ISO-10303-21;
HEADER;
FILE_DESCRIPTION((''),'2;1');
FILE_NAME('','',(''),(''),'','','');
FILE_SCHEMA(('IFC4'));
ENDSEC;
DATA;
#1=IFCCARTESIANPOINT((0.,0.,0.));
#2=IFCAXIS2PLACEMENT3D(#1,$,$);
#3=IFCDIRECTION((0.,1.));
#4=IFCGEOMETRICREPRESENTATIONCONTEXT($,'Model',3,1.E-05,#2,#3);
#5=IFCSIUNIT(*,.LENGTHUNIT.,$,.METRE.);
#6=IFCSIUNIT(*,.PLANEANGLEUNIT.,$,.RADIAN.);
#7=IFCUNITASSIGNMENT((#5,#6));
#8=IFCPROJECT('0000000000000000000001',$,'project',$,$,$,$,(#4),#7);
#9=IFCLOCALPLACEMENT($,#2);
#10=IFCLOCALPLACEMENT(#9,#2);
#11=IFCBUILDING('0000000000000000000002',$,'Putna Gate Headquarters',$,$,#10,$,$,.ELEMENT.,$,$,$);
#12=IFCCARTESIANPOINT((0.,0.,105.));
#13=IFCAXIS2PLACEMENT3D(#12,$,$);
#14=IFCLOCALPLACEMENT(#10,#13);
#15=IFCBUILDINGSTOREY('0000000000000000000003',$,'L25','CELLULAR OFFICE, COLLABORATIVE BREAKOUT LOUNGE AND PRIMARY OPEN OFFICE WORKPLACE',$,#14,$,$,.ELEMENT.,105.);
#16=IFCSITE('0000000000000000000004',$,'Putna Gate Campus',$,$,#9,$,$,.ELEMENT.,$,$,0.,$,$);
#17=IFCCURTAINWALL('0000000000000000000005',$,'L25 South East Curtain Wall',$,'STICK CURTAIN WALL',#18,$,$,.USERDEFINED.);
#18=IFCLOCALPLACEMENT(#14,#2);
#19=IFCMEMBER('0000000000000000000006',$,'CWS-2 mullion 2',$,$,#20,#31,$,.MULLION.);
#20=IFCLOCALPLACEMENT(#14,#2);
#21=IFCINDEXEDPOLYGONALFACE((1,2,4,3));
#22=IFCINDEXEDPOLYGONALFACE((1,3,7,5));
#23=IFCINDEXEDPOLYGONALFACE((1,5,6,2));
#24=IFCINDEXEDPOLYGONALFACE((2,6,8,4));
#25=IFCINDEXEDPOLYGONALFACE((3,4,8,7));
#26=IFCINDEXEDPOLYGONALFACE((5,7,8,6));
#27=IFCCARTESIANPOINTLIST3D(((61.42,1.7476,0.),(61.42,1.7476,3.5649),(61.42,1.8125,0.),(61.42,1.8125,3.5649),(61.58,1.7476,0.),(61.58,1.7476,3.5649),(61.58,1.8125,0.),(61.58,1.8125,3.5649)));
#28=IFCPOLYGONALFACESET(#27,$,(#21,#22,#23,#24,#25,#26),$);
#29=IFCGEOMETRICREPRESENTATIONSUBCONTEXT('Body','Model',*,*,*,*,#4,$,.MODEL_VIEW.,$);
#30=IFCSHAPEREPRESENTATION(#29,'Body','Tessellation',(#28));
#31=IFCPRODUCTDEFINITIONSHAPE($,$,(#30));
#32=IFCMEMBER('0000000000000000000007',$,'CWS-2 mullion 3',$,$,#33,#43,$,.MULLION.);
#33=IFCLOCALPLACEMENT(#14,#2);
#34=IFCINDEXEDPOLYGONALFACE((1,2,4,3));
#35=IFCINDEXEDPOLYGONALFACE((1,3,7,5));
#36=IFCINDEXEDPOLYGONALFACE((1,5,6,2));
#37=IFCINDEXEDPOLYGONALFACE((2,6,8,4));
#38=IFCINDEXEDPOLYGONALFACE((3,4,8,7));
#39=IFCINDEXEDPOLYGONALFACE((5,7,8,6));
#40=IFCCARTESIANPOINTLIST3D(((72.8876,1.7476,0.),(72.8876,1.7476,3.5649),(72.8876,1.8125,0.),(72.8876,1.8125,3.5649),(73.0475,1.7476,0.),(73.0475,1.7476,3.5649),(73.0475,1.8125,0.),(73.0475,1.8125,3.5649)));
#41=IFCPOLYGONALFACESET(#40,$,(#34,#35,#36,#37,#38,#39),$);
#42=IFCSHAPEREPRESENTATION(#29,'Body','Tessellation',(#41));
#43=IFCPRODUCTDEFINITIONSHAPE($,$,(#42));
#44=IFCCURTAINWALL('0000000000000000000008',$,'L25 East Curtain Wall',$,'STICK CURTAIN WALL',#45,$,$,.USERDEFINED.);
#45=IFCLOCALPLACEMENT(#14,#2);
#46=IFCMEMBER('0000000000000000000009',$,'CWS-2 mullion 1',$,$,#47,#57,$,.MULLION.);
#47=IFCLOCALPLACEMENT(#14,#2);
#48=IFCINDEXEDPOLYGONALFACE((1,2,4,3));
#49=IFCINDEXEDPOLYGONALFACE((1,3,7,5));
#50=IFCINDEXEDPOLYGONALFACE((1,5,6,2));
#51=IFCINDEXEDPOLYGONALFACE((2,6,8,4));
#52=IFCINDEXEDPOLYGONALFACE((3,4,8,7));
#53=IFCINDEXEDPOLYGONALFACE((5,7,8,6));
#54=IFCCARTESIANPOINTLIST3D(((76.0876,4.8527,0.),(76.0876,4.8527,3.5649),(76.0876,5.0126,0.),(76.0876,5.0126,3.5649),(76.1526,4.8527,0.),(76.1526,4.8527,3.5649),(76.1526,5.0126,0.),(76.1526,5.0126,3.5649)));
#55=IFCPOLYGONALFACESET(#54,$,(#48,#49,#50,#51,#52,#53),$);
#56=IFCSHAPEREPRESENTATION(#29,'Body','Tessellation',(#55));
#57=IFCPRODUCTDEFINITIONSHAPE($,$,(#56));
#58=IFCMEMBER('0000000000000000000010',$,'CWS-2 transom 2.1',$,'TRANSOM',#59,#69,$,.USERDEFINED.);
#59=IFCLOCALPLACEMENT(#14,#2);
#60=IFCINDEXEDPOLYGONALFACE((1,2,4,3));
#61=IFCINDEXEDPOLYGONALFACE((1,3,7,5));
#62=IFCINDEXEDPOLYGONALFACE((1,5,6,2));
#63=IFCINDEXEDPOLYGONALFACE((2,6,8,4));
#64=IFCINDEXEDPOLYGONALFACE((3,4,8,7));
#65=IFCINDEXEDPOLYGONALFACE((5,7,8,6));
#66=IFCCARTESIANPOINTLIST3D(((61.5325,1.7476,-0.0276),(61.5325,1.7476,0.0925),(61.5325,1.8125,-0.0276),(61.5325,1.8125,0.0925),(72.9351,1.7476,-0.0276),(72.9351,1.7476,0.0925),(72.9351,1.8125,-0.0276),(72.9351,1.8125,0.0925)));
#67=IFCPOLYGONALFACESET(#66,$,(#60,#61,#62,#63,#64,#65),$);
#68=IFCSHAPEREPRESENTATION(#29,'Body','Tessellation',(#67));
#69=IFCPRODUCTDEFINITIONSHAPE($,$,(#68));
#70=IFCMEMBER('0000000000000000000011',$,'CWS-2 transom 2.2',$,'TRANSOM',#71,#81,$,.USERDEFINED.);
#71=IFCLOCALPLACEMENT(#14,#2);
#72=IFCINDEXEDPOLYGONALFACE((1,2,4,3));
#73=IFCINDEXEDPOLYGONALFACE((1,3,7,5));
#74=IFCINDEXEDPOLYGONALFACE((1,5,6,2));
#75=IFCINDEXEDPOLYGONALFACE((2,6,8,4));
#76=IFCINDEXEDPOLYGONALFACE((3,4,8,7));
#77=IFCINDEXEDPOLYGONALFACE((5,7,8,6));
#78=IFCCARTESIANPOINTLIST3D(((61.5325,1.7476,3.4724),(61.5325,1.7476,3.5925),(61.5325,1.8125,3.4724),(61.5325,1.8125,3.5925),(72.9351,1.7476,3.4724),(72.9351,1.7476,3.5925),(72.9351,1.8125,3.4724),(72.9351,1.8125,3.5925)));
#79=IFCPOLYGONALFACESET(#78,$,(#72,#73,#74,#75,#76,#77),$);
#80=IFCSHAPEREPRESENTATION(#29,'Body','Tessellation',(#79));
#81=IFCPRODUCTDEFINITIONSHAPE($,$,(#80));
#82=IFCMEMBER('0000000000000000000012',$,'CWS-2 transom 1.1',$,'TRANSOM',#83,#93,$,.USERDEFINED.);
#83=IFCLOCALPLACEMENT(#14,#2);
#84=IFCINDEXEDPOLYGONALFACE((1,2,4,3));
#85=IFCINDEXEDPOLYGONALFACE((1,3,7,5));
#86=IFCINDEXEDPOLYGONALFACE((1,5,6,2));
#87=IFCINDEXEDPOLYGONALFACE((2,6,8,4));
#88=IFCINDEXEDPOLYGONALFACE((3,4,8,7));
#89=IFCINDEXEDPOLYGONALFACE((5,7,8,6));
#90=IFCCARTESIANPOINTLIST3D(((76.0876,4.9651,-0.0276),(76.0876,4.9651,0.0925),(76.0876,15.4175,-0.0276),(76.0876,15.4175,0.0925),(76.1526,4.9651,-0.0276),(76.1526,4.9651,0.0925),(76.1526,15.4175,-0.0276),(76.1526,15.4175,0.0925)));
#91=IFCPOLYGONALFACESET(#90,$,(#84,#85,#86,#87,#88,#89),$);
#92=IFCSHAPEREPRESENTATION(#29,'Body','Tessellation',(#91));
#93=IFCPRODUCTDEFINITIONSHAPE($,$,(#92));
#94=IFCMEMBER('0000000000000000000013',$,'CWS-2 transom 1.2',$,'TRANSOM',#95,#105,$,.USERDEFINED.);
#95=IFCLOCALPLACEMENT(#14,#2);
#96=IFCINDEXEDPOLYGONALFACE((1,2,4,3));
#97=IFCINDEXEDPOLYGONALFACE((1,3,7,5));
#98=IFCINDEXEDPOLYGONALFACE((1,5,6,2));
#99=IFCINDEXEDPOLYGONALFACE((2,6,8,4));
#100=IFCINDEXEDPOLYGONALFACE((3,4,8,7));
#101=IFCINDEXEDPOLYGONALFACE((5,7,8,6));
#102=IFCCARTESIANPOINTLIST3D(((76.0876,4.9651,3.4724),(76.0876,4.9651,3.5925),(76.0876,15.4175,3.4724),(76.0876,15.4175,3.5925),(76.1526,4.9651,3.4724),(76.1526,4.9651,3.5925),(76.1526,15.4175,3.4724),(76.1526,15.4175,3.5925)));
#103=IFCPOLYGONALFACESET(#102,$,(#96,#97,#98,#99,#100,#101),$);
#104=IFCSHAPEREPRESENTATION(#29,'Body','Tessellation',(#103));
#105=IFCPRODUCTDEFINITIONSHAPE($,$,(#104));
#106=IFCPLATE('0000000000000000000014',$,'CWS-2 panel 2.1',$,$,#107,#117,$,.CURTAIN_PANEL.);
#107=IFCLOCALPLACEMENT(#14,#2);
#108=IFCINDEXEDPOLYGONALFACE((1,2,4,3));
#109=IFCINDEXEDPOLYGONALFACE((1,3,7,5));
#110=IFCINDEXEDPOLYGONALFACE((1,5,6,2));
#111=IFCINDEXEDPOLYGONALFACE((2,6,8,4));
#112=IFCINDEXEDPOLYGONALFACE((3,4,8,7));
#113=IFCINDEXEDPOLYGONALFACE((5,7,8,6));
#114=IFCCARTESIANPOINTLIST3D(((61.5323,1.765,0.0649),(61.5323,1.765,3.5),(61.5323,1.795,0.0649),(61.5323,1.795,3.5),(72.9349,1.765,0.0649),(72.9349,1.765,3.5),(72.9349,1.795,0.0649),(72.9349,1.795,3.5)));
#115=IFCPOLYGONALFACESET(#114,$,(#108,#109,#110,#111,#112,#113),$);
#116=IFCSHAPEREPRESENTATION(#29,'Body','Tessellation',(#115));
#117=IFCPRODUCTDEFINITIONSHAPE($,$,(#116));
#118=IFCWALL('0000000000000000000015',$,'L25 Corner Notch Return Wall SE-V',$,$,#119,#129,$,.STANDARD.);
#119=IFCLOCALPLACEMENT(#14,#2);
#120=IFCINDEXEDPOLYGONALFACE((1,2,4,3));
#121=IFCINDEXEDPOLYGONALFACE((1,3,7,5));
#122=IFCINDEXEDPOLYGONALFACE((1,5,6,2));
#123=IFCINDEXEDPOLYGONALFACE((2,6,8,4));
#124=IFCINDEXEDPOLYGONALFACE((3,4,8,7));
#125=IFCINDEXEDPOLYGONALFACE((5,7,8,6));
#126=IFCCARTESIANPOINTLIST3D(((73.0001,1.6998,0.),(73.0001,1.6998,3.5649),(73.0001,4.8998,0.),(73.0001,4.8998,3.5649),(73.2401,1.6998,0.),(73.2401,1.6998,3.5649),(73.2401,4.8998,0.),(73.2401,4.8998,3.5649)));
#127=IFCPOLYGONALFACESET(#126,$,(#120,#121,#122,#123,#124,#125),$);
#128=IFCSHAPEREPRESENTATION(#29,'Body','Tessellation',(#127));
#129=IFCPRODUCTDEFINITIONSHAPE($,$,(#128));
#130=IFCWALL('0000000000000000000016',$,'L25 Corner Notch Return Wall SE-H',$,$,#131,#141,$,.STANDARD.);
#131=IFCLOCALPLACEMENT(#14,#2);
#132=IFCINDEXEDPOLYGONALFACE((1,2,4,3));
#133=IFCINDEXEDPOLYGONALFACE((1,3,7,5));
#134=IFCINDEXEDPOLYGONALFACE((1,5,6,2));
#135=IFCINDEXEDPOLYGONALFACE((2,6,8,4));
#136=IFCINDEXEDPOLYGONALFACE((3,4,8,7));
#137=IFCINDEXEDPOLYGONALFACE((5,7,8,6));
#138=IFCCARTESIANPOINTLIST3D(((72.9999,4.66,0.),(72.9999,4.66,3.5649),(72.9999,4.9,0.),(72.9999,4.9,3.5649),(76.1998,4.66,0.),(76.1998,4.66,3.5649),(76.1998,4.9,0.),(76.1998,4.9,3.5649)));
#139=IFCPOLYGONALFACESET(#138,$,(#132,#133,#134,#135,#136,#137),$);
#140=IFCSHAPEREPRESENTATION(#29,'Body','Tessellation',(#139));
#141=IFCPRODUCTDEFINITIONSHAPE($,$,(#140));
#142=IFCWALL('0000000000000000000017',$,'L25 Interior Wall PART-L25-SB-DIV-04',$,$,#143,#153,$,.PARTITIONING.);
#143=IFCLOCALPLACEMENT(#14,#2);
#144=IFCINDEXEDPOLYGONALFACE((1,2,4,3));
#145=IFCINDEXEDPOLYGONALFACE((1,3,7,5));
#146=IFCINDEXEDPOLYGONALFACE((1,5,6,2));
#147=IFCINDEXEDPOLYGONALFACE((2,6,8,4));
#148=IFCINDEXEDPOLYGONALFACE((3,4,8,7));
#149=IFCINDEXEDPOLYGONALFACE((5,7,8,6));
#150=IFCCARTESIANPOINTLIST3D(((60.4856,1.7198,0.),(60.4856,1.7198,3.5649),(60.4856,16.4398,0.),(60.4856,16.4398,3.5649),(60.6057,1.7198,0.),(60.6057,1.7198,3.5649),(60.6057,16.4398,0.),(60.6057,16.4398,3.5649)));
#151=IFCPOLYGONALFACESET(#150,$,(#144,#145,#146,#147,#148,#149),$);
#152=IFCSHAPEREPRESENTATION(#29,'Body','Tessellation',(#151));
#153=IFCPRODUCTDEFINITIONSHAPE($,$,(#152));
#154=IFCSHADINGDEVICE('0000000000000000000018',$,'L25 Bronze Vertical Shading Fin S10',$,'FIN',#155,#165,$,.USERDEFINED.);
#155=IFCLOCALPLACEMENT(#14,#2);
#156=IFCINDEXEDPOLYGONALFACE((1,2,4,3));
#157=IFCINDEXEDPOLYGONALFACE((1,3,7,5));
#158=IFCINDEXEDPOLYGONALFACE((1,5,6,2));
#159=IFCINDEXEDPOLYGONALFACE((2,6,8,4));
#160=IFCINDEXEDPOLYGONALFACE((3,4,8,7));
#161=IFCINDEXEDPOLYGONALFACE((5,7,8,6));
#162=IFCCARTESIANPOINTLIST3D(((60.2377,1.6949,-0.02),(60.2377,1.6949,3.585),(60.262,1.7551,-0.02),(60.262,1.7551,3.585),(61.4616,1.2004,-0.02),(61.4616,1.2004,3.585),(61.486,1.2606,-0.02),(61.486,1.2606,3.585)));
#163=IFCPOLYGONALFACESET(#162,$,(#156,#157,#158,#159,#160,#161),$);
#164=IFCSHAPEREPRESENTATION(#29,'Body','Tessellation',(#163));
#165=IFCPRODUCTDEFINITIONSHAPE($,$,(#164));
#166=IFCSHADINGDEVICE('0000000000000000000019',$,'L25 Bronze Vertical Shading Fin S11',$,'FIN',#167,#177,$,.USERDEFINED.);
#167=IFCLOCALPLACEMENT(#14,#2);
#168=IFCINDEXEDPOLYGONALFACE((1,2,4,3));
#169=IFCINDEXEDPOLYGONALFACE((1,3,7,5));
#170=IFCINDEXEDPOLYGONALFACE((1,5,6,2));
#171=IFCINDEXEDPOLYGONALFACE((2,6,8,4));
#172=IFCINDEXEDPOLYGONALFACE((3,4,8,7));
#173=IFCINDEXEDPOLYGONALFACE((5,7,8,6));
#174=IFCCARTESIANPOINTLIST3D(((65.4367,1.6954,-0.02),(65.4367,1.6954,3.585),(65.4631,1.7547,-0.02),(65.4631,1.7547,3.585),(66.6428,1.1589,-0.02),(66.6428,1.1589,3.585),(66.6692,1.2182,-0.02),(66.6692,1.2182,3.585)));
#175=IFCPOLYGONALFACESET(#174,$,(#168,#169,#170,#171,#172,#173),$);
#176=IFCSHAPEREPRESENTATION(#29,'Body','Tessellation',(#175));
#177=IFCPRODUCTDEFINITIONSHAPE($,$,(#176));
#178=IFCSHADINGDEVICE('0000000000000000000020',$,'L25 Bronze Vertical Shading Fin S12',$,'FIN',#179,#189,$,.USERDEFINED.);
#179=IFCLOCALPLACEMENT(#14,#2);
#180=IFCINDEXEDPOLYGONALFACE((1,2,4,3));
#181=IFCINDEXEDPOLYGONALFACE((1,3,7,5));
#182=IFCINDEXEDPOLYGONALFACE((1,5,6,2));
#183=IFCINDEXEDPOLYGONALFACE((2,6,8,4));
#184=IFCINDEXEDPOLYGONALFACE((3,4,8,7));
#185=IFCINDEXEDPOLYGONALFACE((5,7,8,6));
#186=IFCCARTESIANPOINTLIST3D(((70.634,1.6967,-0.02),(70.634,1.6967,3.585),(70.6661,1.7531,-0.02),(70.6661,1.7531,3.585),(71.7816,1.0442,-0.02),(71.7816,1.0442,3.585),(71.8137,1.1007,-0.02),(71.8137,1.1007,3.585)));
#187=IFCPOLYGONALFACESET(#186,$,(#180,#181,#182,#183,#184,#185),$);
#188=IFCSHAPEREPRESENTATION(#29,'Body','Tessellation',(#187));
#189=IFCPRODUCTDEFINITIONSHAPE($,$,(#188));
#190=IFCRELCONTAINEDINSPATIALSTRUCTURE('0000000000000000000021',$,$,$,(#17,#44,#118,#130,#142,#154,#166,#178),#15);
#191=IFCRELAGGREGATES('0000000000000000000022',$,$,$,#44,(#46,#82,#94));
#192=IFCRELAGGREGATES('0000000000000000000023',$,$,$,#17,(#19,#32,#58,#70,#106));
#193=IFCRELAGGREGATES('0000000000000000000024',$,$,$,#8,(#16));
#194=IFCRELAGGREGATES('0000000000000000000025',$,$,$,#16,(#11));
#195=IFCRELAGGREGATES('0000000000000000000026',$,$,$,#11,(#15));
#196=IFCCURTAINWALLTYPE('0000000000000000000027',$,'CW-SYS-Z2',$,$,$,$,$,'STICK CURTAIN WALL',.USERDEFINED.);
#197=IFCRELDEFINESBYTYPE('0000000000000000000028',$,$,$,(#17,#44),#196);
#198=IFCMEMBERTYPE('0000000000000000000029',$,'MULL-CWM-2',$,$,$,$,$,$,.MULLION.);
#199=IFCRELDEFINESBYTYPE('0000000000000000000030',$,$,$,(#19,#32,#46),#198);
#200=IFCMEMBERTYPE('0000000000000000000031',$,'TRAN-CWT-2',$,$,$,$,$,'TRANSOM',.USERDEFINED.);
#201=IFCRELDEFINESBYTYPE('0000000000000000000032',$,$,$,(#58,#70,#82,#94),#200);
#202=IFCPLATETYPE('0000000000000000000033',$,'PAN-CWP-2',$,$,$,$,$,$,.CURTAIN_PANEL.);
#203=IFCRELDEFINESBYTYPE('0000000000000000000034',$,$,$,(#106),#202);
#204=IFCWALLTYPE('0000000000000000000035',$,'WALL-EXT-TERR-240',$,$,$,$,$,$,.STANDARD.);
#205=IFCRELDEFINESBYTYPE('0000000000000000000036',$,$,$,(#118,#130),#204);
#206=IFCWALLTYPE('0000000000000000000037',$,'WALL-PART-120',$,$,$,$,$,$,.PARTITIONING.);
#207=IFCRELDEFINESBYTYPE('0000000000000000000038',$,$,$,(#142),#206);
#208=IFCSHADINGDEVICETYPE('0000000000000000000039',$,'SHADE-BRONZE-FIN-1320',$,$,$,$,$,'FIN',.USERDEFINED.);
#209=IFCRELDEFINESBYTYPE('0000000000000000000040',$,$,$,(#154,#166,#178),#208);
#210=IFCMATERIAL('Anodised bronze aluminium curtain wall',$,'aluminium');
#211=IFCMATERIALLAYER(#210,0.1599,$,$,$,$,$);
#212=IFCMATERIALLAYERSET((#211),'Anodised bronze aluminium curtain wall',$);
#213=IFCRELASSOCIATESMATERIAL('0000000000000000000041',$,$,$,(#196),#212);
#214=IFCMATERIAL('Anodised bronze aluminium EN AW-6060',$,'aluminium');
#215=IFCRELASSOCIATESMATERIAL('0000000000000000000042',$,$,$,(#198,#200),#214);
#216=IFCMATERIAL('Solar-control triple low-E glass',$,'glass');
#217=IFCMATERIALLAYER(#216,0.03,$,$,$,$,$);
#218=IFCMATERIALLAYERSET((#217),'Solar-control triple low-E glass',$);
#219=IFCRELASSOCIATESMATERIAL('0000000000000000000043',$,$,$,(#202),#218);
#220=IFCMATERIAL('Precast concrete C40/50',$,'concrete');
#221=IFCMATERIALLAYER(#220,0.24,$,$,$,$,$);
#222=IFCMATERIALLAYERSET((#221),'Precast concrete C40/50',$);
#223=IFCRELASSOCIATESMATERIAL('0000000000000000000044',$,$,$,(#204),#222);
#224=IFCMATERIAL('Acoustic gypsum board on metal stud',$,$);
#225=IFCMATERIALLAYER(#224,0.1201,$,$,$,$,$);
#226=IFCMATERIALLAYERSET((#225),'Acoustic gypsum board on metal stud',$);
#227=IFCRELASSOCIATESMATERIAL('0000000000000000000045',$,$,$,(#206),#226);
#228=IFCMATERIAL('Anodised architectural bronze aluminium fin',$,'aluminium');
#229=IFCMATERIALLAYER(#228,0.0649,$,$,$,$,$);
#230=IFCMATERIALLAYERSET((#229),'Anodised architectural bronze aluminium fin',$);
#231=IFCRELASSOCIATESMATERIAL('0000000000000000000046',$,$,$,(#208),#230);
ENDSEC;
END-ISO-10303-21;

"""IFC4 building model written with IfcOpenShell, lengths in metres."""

from ifc_helpers import new_model, si_unit, direction, frame, frame_2d, origin, origin_2d, place, context, subcontext, project, spatial, rectangle, extrude, material, layer, layer_set, material_profile, profile_set, type_object, element, aggregate, save


model = new_model("IFC4")

# Units and contexts
model_context = context("Model", 3, precision=1e-05, world=origin(), true_north=direction((0.0, 1.0)))
body_context = subcontext(model_context, "Body", "Model", "MODEL_VIEW")
ifc_project = project(units=[si_unit("LENGTHUNIT", "METRE"), si_unit("PLANEANGLEUNIT", "RADIAN")], contexts=[model_context])

# Site, building, storey
site_placement = place(None, origin())
site = spatial("IfcSite", under=ifc_project, at=site_placement, Name="Putna Gate Campus", CompositionType="ELEMENT", RefElevation=0.0)
building_placement = place(site_placement, origin())
building = spatial("IfcBuilding", under=site, at=building_placement, Name="Putna Gate Headquarters", CompositionType="ELEMENT")
storey_placement = place(building_placement, frame((0.0, 0.0, 105.0)))
storey = spatial("IfcBuildingStorey", under=building, at=storey_placement, Name="L25", Description="CELLULAR OFFICE, COLLABORATIVE BREAKOUT LOUNGE AND PRIMARY OPEN OFFICE WORKPLACE", CompositionType="ELEMENT", Elevation=105.0)

# Curtain wall, members
ifc_material_1 = material(Name="Anodised bronze aluminium curtain wall", Category="aluminium")
ifc_layer_1 = layer(ifc_material_1, 0.1599)
ifc_layer_set_1 = layer_set([ifc_layer_1], Name="Anodised bronze aluminium curtain wall")
curtain_wall_type = type_object("IfcCurtainWallType", Name="CW-SYS-Z2", ElementType="STICK CURTAIN WALL", PredefinedType="USERDEFINED", material=ifc_layer_set_1)
curtain_wall_1_placement = place(storey_placement, origin())
curtain_wall_1 = element("IfcCurtainWall", 1, at=curtain_wall_1_placement, inside=storey, type_object=curtain_wall_type, Name="L25 South East Curtain Wall", ObjectType="STICK CURTAIN WALL", PredefinedType="USERDEFINED")
ifc_material_2 = material(Name="Anodised bronze aluminium EN AW-6060", Category="aluminium")
ifc_material_profile_1 = material_profile(ifc_material_2, rectangle(XDim=0.0649, YDim=0.1599, at=origin_2d()), Name="Anodised bronze aluminium EN AW-6060")
ifc_profile_set_1 = profile_set([ifc_material_profile_1], Name="Anodised bronze aluminium EN AW-6060")
member_type_1 = type_object("IfcMemberType", Name="MULL-CWM-2", PredefinedType="MULLION", material=ifc_profile_set_1)
member_1_placement = place(storey_placement, frame((61.5, 1.78, 0.0), z_axis=(0.0, 0.0, 1.0), x_axis=(0.0, 1.0, 0.0)))
member_1 = element("IfcMember", 2, at=member_1_placement, type_object=member_type_1, Name="CWS-2 mullion 2", PredefinedType="MULLION", context=body_context, shape_type="SweptSolid", body=[
    extrude(rectangle(XDim=0.0649, YDim=0.1599, at=origin_2d()), origin(), (0.0, 0.0, 1.0), 3.5649),
])
member_2_placement = place(storey_placement, frame((72.9675, 1.78, 0.0), z_axis=(0.0, 0.0, 1.0), x_axis=(0.0, 1.0, 0.0)))
member_2 = element("IfcMember", 3, at=member_2_placement, type_object=member_type_1, Name="CWS-2 mullion 3", PredefinedType="MULLION", context=body_context, shape_type="SweptSolid", body=[
    extrude(rectangle(XDim=0.0649, YDim=0.1599, at=origin_2d()), origin(), (0.0, 0.0, 1.0), 3.5649),
])

# Curtain wall, member
curtain_wall_2_placement = place(storey_placement, origin())
curtain_wall_2 = element("IfcCurtainWall", 4, at=curtain_wall_2_placement, inside=storey, type_object=curtain_wall_type, Name="L25 East Curtain Wall", ObjectType="STICK CURTAIN WALL", PredefinedType="USERDEFINED")
member_3_placement = place(storey_placement, frame((76.1201, 4.9326, 0.0), z_axis=(0.0, 0.0, 1.0), x_axis=(-1.0, 0.0, 0.0)))
member_3 = element("IfcMember", 5, at=member_3_placement, type_object=member_type_1, Name="CWS-2 mullion 1", PredefinedType="MULLION", context=body_context, shape_type="SweptSolid", body=[
    extrude(rectangle(XDim=0.0649, YDim=0.1599, at=origin_2d()), origin(), (0.0, 0.0, 1.0), 3.5649),
])

# Members
ifc_material_profile_2 = material_profile(ifc_material_2, rectangle(XDim=0.0649, YDim=0.1201, at=origin_2d()), Name="Anodised bronze aluminium EN AW-6060")
ifc_profile_set_2 = profile_set([ifc_material_profile_2], Name="Anodised bronze aluminium EN AW-6060")
member_type_2 = type_object("IfcMemberType", Name="TRAN-CWT-2", ElementType="TRANSOM", PredefinedType="USERDEFINED", material=ifc_profile_set_2)
member_4_placement = place(storey_placement, frame((61.5325, 1.78, 0.0325), z_axis=(1.0, 0.0, 0.0), x_axis=(0.0, 1.0, 0.0)))
member_4 = element("IfcMember", 6, at=member_4_placement, type_object=member_type_2, Name="CWS-2 transom 2.1", ObjectType="TRANSOM", PredefinedType="USERDEFINED", context=body_context, shape_type="SweptSolid", body=[
    extrude(rectangle(XDim=0.0649, YDim=0.1201, at=origin_2d()), origin(), (0.0, 0.0, 1.0), 11.4026),
])
member_5_placement = place(storey_placement, frame((61.5325, 1.78, 3.5325), z_axis=(1.0, 0.0, 0.0), x_axis=(0.0, 1.0, 0.0)))
member_5 = element("IfcMember", 7, at=member_5_placement, type_object=member_type_2, Name="CWS-2 transom 2.2", ObjectType="TRANSOM", PredefinedType="USERDEFINED", context=body_context, shape_type="SweptSolid", body=[
    extrude(rectangle(XDim=0.0649, YDim=0.1201, at=origin_2d()), origin(), (0.0, 0.0, 1.0), 11.4026),
])
member_6_placement = place(storey_placement, frame((76.1201, 4.9651, 0.0325), z_axis=(0.0, 1.0, 0.0), x_axis=(-1.0, 0.0, 0.0)))
member_6 = element("IfcMember", 8, at=member_6_placement, type_object=member_type_2, Name="CWS-2 transom 1.1", ObjectType="TRANSOM", PredefinedType="USERDEFINED", context=body_context, shape_type="SweptSolid", body=[
    extrude(rectangle(XDim=0.0649, YDim=0.1201, at=origin_2d()), origin(), (0.0, 0.0, 1.0), 10.4524),
])
member_7_placement = place(storey_placement, frame((76.1201, 4.9651, 3.5325), z_axis=(0.0, 1.0, 0.0), x_axis=(-1.0, 0.0, 0.0)))
member_7 = element("IfcMember", 9, at=member_7_placement, type_object=member_type_2, Name="CWS-2 transom 1.2", ObjectType="TRANSOM", PredefinedType="USERDEFINED", context=body_context, shape_type="SweptSolid", body=[
    extrude(rectangle(XDim=0.0649, YDim=0.1201, at=origin_2d()), origin(), (0.0, 0.0, 1.0), 10.4524),
])
aggregate(curtain_wall_2, [member_3, member_6, member_7])

# Plate
ifc_material_3 = material(Name="Solar-control triple low-E glass", Category="glass")
ifc_layer_2 = layer(ifc_material_3, 0.03)
ifc_layer_set_2 = layer_set([ifc_layer_2], Name="Solar-control triple low-E glass")
plate_type = type_object("IfcPlateType", Name="PAN-CWP-2", PredefinedType="CURTAIN_PANEL", material=ifc_layer_set_2)
plate_placement = place(storey_placement, frame((67.2336, 1.78, 0.0649), z_axis=(0.0, 0.0, 1.0), x_axis=(1.0, 0.0, 0.0)))
plate = element("IfcPlate", 10, at=plate_placement, type_object=plate_type, Name="CWS-2 panel 2.1", PredefinedType="CURTAIN_PANEL", context=body_context, shape_type="SweptSolid", body=[
    extrude(rectangle(XDim=11.4026, YDim=0.03, at=origin_2d()), origin(), (0.0, 0.0, 1.0), 3.4351),
])
aggregate(curtain_wall_1, [member_1, member_2, member_4, member_5, plate])

# Walls
ifc_material_4 = material(Name="Precast concrete C40/50", Category="concrete")
ifc_layer_3 = layer(ifc_material_4, 0.24)
ifc_layer_set_3 = layer_set([ifc_layer_3], Name="Precast concrete C40/50")
wall_type_1 = type_object("IfcWallType", Name="WALL-EXT-TERR-240", PredefinedType="STANDARD", material=ifc_layer_set_3)
for number, where, z_axis, x_axis, name in (
    (11, (73.1201, 4.8999, 0.0), (0.0, 0.0, 1.0), (0.0, -1.0, 0.0), "L25 Corner Notch Return Wall SE-V"),
    (12, (76.2, 4.78, 0.0), (0.0, 0.0, 1.0), (-1.0, 0.0, 0.0), "L25 Corner Notch Return Wall SE-H"),
):
    element("IfcWall", number, at=place(storey_placement, frame(where, z_axis=z_axis, x_axis=x_axis)), inside=storey, type_object=wall_type_1, Name=name, PredefinedType="STANDARD", context=body_context, shape_type="SweptSolid", body=[
        extrude(rectangle(XDim=3.2, YDim=0.24, at=frame_2d((1.6001, 0.0))), origin(), (0.0, 0.0, 1.0), 3.5649),
    ])
ifc_material_5 = material(Name="Acoustic gypsum board on metal stud")
ifc_layer_4 = layer(ifc_material_5, 0.1201)
ifc_layer_set_4 = layer_set([ifc_layer_4], Name="Acoustic gypsum board on metal stud")
wall_type_2 = type_object("IfcWallType", Name="WALL-PART-120", PredefinedType="PARTITIONING", material=ifc_layer_set_4)
wall_placement = place(storey_placement, frame((60.5457, 1.72, 0.0), z_axis=(0.0, 0.0, 1.0), x_axis=(0.0, 1.0, 0.0)))
element("IfcWall", 13, at=wall_placement, inside=storey, type_object=wall_type_2, Name="L25 Interior Wall PART-L25-SB-DIV-04", PredefinedType="PARTITIONING", context=body_context, shape_type="SweptSolid", body=[
    extrude(rectangle(XDim=14.72, YDim=0.1201, at=frame_2d((7.3599, 0.0))), origin(), (0.0, 0.0, 1.0), 3.5649),
])

# Shading devices
ifc_material_6 = material(Name="Anodised architectural bronze aluminium fin", Category="aluminium")
ifc_layer_5 = layer(ifc_material_6, 0.0649)
ifc_layer_set_5 = layer_set([ifc_layer_5], Name="Anodised architectural bronze aluminium fin")
shading_device_type = type_object("IfcShadingDeviceType", Name="SHADE-BRONZE-FIN-1320", ElementType="FIN", PredefinedType="USERDEFINED", material=ifc_layer_set_5)
for number, where, z_axis, x_axis, name in (
    (14, (60.8618, 1.4778, -0.02), (0.0, 0.0, 1.0), (0.927184, -0.374607, 0.0), "L25 Bronze Vertical Shading Fin S10"),
    (15, (66.053, 1.4568, -0.02), (0.0, 0.0, 1.0), (0.913687, -0.406418, 0.0), "L25 Bronze Vertical Shading Fin S11"),
    (16, (71.2239, 1.3987, -0.02), (0.0, 0.0, 1.0), (0.869322, -0.494245, 0.0), "L25 Bronze Vertical Shading Fin S12"),
):
    element("IfcShadingDevice", number, at=place(storey_placement, frame(where, z_axis=z_axis, x_axis=x_axis)), inside=storey, type_object=shading_device_type, Name=name, ObjectType="FIN", PredefinedType="USERDEFINED", context=body_context, shape_type="SweptSolid", body=[
        extrude(rectangle(XDim=1.3201, YDim=0.0649, at=origin_2d()), origin(), (0.0, 0.0, 1.0), 3.605),
    ])

save(model, "model.ifc")
